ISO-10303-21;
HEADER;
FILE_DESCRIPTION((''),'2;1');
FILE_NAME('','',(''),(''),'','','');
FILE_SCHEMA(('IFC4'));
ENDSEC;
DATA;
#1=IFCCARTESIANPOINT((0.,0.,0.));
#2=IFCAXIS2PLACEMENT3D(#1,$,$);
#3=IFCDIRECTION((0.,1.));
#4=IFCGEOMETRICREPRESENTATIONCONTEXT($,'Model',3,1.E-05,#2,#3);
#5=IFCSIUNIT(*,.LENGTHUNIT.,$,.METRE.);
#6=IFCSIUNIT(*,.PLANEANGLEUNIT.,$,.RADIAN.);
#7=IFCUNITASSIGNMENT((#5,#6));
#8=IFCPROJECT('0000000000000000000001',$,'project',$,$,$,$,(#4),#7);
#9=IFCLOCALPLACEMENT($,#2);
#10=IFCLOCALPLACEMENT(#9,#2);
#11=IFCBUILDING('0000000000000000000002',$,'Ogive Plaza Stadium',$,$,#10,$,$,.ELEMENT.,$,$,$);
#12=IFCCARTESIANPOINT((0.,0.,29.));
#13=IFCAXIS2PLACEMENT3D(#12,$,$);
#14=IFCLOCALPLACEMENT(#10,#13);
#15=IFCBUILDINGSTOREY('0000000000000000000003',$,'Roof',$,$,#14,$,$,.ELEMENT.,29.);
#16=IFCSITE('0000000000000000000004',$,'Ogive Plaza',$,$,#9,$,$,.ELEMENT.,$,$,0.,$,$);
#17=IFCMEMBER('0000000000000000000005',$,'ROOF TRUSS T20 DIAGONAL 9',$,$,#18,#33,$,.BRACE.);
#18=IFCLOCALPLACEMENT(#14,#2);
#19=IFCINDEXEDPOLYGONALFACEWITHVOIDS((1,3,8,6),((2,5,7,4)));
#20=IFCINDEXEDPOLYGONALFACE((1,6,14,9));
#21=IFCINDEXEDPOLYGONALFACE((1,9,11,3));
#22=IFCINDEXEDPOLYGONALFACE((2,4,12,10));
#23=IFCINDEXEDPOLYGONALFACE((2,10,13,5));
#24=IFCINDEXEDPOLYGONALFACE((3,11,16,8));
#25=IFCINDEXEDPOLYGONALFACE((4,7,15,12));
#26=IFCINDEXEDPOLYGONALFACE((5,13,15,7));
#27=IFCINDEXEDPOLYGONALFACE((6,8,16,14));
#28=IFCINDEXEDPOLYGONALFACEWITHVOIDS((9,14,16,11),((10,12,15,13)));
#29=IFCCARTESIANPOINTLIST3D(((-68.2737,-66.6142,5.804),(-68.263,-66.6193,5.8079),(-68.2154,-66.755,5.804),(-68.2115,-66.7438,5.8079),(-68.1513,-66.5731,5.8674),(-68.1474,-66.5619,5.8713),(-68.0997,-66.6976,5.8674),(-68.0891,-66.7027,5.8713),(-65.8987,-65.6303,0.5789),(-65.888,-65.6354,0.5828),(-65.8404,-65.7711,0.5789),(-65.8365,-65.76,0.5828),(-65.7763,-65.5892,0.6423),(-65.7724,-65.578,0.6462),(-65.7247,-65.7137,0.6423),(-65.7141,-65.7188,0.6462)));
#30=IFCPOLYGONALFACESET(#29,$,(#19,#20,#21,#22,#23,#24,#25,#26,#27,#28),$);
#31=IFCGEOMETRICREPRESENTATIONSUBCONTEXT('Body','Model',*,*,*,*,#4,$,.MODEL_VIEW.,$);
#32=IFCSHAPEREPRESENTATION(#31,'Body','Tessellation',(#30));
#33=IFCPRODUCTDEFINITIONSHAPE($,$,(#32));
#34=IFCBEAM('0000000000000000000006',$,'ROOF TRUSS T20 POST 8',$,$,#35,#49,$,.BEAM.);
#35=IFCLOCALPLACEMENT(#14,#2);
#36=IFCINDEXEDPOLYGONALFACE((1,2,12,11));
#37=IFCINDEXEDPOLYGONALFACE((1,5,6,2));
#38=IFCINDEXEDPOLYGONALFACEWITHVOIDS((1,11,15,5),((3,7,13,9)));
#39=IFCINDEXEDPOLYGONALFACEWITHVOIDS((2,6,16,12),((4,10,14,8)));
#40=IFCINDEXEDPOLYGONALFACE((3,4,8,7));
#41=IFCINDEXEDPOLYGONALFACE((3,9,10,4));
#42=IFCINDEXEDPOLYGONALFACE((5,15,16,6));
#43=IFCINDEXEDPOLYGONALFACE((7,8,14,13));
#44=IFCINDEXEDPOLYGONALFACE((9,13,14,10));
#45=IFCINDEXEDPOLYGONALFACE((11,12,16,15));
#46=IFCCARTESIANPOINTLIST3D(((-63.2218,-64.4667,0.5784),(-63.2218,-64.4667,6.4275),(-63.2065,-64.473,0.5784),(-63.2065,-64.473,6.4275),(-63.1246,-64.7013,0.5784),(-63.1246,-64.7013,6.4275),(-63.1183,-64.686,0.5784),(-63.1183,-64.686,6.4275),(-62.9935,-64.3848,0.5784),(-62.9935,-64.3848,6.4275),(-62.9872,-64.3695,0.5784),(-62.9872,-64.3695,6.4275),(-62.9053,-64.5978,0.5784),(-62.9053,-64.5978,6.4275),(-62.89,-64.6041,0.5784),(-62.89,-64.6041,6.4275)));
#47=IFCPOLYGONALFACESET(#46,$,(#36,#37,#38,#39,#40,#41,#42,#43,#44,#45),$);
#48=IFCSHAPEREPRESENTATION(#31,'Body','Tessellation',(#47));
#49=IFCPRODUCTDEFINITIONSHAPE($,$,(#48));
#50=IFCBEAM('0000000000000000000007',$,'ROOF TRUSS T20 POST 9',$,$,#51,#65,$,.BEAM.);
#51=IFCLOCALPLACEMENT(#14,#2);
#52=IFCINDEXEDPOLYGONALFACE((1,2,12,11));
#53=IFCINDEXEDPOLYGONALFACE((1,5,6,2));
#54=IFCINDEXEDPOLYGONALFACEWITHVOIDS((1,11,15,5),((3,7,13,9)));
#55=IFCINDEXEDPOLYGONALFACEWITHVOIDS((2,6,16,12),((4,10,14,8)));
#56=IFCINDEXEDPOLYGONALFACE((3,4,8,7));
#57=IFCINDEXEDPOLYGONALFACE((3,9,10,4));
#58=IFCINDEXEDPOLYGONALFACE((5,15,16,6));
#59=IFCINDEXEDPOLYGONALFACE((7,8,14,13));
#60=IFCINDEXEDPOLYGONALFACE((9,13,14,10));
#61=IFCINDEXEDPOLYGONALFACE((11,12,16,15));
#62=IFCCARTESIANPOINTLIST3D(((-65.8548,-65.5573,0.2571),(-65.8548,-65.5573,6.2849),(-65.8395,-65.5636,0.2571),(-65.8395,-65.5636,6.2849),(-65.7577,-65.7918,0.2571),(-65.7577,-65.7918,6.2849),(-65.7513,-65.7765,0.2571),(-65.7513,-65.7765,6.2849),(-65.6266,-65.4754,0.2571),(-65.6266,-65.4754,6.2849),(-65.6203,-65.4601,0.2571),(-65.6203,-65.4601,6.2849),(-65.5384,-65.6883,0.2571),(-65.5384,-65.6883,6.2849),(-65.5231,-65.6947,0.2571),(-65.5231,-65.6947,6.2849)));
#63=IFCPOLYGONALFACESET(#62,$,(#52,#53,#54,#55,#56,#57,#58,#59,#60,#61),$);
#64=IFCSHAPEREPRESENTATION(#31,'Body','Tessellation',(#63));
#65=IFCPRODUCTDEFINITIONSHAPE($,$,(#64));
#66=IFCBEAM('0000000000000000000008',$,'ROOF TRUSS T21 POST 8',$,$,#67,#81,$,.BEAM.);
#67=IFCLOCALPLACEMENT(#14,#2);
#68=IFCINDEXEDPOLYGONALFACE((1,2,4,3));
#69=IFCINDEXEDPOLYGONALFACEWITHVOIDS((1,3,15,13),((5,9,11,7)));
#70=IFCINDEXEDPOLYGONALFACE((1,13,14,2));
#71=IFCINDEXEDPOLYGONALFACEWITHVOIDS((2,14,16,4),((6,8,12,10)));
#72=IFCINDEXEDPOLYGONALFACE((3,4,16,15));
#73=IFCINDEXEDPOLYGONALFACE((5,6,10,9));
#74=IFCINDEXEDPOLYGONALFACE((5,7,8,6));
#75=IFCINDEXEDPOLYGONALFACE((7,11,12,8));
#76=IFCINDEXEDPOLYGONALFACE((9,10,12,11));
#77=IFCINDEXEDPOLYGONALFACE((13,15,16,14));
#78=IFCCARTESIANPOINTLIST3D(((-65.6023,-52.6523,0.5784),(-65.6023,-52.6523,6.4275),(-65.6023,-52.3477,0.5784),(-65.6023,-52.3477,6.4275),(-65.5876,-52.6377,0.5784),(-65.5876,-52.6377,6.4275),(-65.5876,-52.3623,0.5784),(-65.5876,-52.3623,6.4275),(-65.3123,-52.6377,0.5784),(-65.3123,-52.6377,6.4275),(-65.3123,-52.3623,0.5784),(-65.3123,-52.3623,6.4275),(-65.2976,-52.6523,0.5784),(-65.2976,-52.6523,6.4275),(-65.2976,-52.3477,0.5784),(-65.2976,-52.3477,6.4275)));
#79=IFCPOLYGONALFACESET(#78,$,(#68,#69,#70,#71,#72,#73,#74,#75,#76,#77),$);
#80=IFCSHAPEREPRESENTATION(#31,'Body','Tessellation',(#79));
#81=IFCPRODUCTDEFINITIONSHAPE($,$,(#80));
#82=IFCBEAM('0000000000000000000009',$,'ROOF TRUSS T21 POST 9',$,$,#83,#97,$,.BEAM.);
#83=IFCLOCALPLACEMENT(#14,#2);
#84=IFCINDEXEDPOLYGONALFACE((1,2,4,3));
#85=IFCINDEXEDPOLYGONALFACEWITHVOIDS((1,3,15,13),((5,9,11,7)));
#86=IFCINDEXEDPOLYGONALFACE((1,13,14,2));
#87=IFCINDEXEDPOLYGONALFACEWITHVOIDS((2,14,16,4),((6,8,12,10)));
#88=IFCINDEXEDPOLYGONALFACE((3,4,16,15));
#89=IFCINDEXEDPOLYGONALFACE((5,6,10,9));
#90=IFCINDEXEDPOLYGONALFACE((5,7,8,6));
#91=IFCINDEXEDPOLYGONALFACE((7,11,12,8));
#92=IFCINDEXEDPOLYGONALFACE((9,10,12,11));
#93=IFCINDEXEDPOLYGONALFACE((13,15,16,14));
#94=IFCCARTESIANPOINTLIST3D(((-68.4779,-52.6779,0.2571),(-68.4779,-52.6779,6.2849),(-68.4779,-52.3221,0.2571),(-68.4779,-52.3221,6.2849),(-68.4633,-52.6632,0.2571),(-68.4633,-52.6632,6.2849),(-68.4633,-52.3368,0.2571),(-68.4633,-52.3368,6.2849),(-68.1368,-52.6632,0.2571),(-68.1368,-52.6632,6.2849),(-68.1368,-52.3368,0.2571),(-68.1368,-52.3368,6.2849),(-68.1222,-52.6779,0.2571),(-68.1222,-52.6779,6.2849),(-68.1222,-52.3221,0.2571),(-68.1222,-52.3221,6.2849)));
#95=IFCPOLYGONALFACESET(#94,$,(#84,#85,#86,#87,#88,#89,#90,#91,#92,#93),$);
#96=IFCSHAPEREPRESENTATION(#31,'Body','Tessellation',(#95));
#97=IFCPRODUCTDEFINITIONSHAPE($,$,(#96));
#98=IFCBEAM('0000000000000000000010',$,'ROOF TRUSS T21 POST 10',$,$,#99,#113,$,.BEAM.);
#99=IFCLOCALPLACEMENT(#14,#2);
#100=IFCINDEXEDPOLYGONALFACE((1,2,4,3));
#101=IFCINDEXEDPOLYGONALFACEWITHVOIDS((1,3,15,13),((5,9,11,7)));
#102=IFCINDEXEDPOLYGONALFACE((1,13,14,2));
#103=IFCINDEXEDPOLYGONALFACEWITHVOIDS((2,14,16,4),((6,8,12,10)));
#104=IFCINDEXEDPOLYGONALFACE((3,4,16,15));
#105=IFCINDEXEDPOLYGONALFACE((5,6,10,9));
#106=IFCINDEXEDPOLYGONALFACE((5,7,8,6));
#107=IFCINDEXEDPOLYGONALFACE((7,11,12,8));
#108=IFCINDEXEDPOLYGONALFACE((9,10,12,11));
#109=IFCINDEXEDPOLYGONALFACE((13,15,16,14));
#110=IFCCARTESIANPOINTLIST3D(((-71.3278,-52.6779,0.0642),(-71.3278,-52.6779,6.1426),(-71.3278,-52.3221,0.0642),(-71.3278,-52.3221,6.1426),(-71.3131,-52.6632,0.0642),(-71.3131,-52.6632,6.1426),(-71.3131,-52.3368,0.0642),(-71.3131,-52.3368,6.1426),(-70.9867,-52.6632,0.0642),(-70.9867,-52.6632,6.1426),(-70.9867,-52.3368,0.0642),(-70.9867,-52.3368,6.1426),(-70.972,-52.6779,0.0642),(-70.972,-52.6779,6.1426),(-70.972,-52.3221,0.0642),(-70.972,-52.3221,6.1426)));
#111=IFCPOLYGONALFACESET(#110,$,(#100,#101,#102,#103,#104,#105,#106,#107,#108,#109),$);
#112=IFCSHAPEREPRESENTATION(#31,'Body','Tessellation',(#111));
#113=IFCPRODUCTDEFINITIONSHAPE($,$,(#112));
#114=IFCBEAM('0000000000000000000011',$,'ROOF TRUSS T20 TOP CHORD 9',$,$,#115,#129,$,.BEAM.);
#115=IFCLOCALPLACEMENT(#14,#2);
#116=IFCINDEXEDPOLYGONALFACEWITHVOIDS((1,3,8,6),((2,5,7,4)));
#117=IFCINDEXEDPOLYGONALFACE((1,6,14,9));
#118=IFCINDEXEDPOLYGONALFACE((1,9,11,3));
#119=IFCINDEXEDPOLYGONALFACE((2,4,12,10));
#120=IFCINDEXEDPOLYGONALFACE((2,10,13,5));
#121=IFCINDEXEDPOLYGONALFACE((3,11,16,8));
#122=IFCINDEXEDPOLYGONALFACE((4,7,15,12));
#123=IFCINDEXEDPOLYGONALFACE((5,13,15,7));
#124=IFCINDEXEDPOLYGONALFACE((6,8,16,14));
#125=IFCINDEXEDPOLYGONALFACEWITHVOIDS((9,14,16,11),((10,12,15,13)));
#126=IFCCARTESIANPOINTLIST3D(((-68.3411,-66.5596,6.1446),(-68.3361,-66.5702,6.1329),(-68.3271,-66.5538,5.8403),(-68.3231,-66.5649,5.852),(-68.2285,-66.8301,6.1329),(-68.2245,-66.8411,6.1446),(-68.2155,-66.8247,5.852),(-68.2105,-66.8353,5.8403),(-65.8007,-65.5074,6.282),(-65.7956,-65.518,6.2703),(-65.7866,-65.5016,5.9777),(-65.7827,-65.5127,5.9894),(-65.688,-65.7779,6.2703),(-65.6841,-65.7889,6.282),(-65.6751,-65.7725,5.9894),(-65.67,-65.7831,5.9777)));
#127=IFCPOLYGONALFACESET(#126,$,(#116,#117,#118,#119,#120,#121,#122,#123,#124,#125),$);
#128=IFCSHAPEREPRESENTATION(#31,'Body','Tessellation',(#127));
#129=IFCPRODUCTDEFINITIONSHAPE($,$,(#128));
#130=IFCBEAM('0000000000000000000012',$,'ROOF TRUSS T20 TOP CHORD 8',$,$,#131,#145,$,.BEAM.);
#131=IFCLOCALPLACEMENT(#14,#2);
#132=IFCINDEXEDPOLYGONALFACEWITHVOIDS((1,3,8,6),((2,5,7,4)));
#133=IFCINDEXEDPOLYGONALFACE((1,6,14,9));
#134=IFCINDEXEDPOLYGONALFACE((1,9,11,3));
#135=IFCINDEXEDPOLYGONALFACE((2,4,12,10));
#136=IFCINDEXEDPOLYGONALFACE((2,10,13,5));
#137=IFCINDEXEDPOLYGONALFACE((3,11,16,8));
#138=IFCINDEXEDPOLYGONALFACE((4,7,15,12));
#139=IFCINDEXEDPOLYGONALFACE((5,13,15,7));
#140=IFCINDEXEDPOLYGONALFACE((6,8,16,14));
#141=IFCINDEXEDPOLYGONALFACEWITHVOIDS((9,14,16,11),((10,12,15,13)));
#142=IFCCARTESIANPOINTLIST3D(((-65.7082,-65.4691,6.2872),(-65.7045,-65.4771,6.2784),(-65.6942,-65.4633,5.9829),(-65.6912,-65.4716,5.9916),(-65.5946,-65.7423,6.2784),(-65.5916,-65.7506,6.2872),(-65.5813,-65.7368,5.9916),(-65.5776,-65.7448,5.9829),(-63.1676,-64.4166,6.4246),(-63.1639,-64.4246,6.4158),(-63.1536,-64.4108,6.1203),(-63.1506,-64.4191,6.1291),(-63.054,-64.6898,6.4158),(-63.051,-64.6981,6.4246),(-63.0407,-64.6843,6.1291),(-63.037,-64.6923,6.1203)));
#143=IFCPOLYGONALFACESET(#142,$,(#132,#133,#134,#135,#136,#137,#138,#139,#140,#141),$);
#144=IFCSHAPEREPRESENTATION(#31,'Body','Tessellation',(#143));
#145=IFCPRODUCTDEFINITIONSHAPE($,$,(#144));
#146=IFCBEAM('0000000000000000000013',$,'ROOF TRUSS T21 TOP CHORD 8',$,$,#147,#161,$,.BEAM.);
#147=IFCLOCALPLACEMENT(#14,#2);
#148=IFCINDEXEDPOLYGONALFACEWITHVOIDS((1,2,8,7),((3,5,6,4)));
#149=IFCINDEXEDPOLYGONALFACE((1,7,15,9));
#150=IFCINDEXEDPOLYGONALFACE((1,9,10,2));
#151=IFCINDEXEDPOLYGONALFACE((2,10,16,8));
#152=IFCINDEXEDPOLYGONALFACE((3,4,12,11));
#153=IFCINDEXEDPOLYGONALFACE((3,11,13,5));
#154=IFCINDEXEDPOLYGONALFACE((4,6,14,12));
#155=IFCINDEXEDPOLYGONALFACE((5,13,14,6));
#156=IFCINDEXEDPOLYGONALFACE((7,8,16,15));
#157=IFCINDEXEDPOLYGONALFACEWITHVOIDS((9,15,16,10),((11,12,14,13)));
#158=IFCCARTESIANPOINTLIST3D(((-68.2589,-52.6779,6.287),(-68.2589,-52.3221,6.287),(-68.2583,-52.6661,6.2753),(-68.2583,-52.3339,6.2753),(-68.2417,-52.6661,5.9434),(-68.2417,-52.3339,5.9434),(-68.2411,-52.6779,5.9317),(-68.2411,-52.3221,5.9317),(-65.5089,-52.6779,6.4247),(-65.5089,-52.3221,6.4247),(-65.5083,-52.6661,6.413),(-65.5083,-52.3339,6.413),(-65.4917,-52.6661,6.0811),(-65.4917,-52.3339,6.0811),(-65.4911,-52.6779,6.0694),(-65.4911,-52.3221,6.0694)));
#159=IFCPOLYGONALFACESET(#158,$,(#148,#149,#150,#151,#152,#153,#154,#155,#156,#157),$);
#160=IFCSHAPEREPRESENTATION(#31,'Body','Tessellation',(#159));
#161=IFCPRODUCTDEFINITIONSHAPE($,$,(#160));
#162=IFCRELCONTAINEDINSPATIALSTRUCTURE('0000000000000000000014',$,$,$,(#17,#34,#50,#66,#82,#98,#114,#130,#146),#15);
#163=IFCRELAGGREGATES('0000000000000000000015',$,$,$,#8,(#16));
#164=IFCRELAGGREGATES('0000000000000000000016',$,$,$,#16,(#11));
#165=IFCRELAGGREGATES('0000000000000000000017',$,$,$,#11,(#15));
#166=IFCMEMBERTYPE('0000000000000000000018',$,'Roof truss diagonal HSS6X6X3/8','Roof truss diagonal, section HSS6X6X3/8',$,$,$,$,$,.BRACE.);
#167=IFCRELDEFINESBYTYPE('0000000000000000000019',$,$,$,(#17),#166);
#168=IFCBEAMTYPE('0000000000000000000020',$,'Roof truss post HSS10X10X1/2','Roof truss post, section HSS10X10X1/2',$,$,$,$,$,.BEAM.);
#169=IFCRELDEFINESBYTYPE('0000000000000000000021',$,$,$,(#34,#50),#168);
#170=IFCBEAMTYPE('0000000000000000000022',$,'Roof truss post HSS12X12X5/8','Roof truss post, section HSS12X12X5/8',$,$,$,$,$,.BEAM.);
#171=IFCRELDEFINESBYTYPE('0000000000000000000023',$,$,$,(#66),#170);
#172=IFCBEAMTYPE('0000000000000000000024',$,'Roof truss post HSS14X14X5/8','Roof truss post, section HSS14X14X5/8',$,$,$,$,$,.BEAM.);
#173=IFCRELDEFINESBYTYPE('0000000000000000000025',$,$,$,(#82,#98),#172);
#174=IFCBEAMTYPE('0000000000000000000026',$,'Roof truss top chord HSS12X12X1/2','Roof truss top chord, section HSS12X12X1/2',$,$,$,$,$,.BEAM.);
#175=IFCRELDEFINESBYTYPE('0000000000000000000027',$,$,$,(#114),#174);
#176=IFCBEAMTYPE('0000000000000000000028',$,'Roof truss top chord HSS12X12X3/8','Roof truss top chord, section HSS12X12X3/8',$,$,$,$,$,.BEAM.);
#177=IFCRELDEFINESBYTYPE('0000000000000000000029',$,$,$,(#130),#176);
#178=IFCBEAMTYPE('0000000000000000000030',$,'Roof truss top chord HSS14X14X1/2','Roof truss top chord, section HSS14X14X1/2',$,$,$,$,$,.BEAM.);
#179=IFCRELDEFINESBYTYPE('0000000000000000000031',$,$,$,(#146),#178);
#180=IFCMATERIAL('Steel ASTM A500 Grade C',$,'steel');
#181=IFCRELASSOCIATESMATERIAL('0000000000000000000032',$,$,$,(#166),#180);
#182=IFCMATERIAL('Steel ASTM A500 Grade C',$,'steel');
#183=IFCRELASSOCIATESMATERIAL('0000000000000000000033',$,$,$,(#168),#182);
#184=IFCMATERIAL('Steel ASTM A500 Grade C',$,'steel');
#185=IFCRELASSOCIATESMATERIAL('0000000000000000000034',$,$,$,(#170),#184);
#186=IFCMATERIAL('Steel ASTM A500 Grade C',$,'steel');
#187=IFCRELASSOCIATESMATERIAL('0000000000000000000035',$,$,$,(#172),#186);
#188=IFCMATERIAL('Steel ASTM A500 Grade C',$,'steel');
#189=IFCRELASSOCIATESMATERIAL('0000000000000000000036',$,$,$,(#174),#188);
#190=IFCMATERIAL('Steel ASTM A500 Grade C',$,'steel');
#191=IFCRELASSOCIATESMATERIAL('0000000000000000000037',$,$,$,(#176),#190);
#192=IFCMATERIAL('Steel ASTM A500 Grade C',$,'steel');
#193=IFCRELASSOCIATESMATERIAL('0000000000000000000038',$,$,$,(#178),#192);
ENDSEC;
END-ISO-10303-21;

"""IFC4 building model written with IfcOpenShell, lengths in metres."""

from ifc_helpers import new_model, si_unit, direction, frame, origin, origin_2d, place, context, subcontext, project, spatial, hollow_rectangle, extrude, material, material_profile, profile_set, type_object, element, save


model = new_model("IFC4")

# Units and contexts
model_context = context("Model", 3, precision=1e-05, world=origin(), true_north=direction((0.0, 1.0)))
body_context = subcontext(model_context, "Body", "Model", "MODEL_VIEW")
ifc_project = project(units=[si_unit("LENGTHUNIT", "METRE"), si_unit("PLANEANGLEUNIT", "RADIAN")], contexts=[model_context])

# Site, building, storey
site_placement = place(None, origin())
site = spatial("IfcSite", under=ifc_project, at=site_placement, Name="Ogive Plaza", CompositionType="ELEMENT", RefElevation=0.0)
building_placement = place(site_placement, origin())
building = spatial("IfcBuilding", under=site, at=building_placement, Name="Ogive Plaza Stadium", CompositionType="ELEMENT")
storey_placement = place(building_placement, frame((0.0, 0.0, 29.0)))
storey = spatial("IfcBuildingStorey", under=building, at=storey_placement, Name="Roof", CompositionType="ELEMENT", Elevation=29.0)

# Member
ifc_material_1 = material(Name="Steel ASTM A500 Grade C", Category="steel")
ifc_material_profile_1 = material_profile(ifc_material_1, hollow_rectangle(XDim=0.1523, YDim=0.1523, WallThickness=0.0088, at=origin_2d()), Name="HSS6X6X3/8")
ifc_profile_set_1 = profile_set([ifc_material_profile_1], Name="Steel ASTM A500 Grade C")
member_type_1 = type_object("IfcMemberType", Name="Roof truss diagonal HSS6X6X3/8", Description="Roof truss diagonal, section HSS6X6X3/8", PredefinedType="BRACE", material=ifc_profile_set_1)
member_1_placement = place(storey_placement, frame((-65.8064, -65.6746, 0.6125), z_axis=(-0.407847, -0.168958, 0.897281), x_axis=(0.382726, -0.923862, 0.0)))
element("IfcMember", 1, at=member_1_placement, inside=storey, type_object=member_type_1, Name="ROOF TRUSS T20 DIAGONAL 9", PredefinedType="BRACE", context=body_context, shape_type="SweptSolid", body=[
    extrude(hollow_rectangle(XDim=0.1523, YDim=0.1523, WallThickness=0.0088, at=origin_2d()), origin(), (0.0, 0.0, 1.0), 5.8232),
])

# Beams
ifc_material_2 = material(Name="Steel ASTM A500 Grade C", Category="steel")
ifc_material_profile_2 = material_profile(ifc_material_2, hollow_rectangle(XDim=0.2539, YDim=0.2539, WallThickness=0.0117, at=origin_2d()), Name="HSS10X10X1/2")
ifc_profile_set_2 = profile_set([ifc_material_profile_2], Name="Steel ASTM A500 Grade C")
beam_type_1 = type_object("IfcBeamType", Name="Roof truss post HSS10X10X1/2", Description="Roof truss post, section HSS10X10X1/2", PredefinedType="BEAM", material=ifc_profile_set_2)
beam_1_placement = place(storey_placement, frame((-63.0559, -64.5354, 0.5784), z_axis=(0.0, 0.0, 1.0), x_axis=(0.382683, -0.92388, 0.0)))
element("IfcBeam", 2, at=beam_1_placement, inside=storey, type_object=beam_type_1, Name="ROOF TRUSS T20 POST 8", PredefinedType="BEAM", context=body_context, shape_type="SweptSolid", body=[
    extrude(hollow_rectangle(XDim=0.2539, YDim=0.2539, WallThickness=0.0117, at=origin_2d()), origin(), (0.0, 0.0, 1.0), 5.8491),
])
beam_2_placement = place(storey_placement, frame((-65.689, -65.626, 0.2571), z_axis=(0.0, 0.0, 1.0), x_axis=(0.382683, -0.92388, 0.0)))
element("IfcBeam", 3, at=beam_2_placement, inside=storey, type_object=beam_type_1, Name="ROOF TRUSS T20 POST 9", PredefinedType="BEAM", context=body_context, shape_type="SweptSolid", body=[
    extrude(hollow_rectangle(XDim=0.2539, YDim=0.2539, WallThickness=0.0117, at=origin_2d()), origin(), (0.0, 0.0, 1.0), 6.0278),
])
ifc_material_3 = material(Name="Steel ASTM A500 Grade C", Category="steel")
ifc_material_profile_3 = material_profile(ifc_material_3, hollow_rectangle(XDim=0.3047, YDim=0.3047, WallThickness=0.0146, at=origin_2d()), Name="HSS12X12X5/8")
ifc_profile_set_3 = profile_set([ifc_material_profile_3], Name="Steel ASTM A500 Grade C")
beam_type_2 = type_object("IfcBeamType", Name="Roof truss post HSS12X12X5/8", Description="Roof truss post, section HSS12X12X5/8", PredefinedType="BEAM", material=ifc_profile_set_3)
beam_3_placement = place(storey_placement, frame((-65.45, -52.5, 0.5784), z_axis=(0.0, 0.0, 1.0), x_axis=(0.0, -1.0, 0.0)))
element("IfcBeam", 4, at=beam_3_placement, inside=storey, type_object=beam_type_2, Name="ROOF TRUSS T21 POST 8", PredefinedType="BEAM", context=body_context, shape_type="SweptSolid", body=[
    extrude(hollow_rectangle(XDim=0.3047, YDim=0.3047, WallThickness=0.0146, at=origin_2d()), origin(), (0.0, 0.0, 1.0), 5.8491),
])
ifc_material_4 = material(Name="Steel ASTM A500 Grade C", Category="steel")
ifc_material_profile_4 = material_profile(ifc_material_4, hollow_rectangle(XDim=0.3557, YDim=0.3557, WallThickness=0.0146, at=origin_2d()), Name="HSS14X14X5/8")
ifc_profile_set_4 = profile_set([ifc_material_profile_4], Name="Steel ASTM A500 Grade C")
beam_type_3 = type_object("IfcBeamType", Name="Roof truss post HSS14X14X5/8", Description="Roof truss post, section HSS14X14X5/8", PredefinedType="BEAM", material=ifc_profile_set_4)
beam_4_placement = place(storey_placement, frame((-68.3, -52.5, 0.2571), z_axis=(0.0, 0.0, 1.0), x_axis=(0.0, -1.0, 0.0)))
element("IfcBeam", 5, at=beam_4_placement, inside=storey, type_object=beam_type_3, Name="ROOF TRUSS T21 POST 9", PredefinedType="BEAM", context=body_context, shape_type="SweptSolid", body=[
    extrude(hollow_rectangle(XDim=0.3557, YDim=0.3557, WallThickness=0.0146, at=origin_2d()), origin(), (0.0, 0.0, 1.0), 6.0278),
])
beam_5_placement = place(storey_placement, frame((-71.1499, -52.5, 0.0642), z_axis=(0.0, 0.0, 1.0), x_axis=(0.0, -1.0, 0.0)))
element("IfcBeam", 6, at=beam_5_placement, inside=storey, type_object=beam_type_3, Name="ROOF TRUSS T21 POST 10", PredefinedType="BEAM", context=body_context, shape_type="SweptSolid", body=[
    extrude(hollow_rectangle(XDim=0.3557, YDim=0.3557, WallThickness=0.0146, at=origin_2d()), origin(), (0.0, 0.0, 1.0), 6.0784),
])
ifc_material_5 = material(Name="Steel ASTM A500 Grade C", Category="steel")
ifc_material_profile_5 = material_profile(ifc_material_5, hollow_rectangle(XDim=0.3047, YDim=0.3047, WallThickness=0.0117, at=origin_2d()), Name="HSS12X12X1/2")
ifc_profile_set_5 = profile_set([ifc_material_profile_5], Name="Steel ASTM A500 Grade C")
beam_type_4 = type_object("IfcBeamType", Name="Roof truss top chord HSS12X12X1/2", Description="Roof truss top chord, section HSS12X12X1/2", PredefinedType="BEAM", material=ifc_profile_set_5)
beam_6_placement = place(storey_placement, frame((-65.7354, -65.6453, 6.1299), z_axis=(-0.922737, -0.382183, -0.049923), x_axis=(0.38266, -0.923889, 0.0)))
element("IfcBeam", 7, at=beam_6_placement, inside=storey, type_object=beam_type_4, Name="ROOF TRUSS T20 TOP CHORD 9", PredefinedType="BEAM", context=body_context, shape_type="SweptSolid", body=[
    extrude(hollow_rectangle(XDim=0.3047, YDim=0.3047, WallThickness=0.0117, at=origin_2d()), origin(), (0.0, 0.0, 1.0), 2.7532),
])
ifc_material_6 = material(Name="Steel ASTM A500 Grade C", Category="steel")
ifc_material_profile_6 = material_profile(ifc_material_6, hollow_rectangle(XDim=0.3047, YDim=0.3047, WallThickness=0.0088, at=origin_2d()), Name="HSS12X12X3/8")
ifc_profile_set_6 = profile_set([ifc_material_profile_6], Name="Steel ASTM A500 Grade C")
beam_type_5 = type_object("IfcBeamType", Name="Roof truss top chord HSS12X12X3/8", Description="Roof truss top chord, section HSS12X12X3/8", PredefinedType="BEAM", material=ifc_profile_set_6)
beam_7_placement = place(storey_placement, frame((-63.1023, -64.5544, 6.2725), z_axis=(-0.922706, -0.382259, -0.049922), x_axis=(0.382736, -0.923858, 0.0)))
element("IfcBeam", 8, at=beam_7_placement, inside=storey, type_object=beam_type_5, Name="ROOF TRUSS T20 TOP CHORD 8", PredefinedType="BEAM", context=body_context, shape_type="SweptSolid", body=[
    extrude(hollow_rectangle(XDim=0.3047, YDim=0.3047, WallThickness=0.0088, at=origin_2d()), origin(), (0.0, 0.0, 1.0), 2.7534),
])
ifc_material_7 = material(Name="Steel ASTM A500 Grade C", Category="steel")
ifc_material_profile_7 = material_profile(ifc_material_7, hollow_rectangle(XDim=0.3557, YDim=0.3557, WallThickness=0.0117, at=origin_2d()), Name="HSS14X14X1/2")
ifc_profile_set_7 = profile_set([ifc_material_profile_7], Name="Steel ASTM A500 Grade C")
beam_type_6 = type_object("IfcBeamType", Name="Roof truss top chord HSS14X14X1/2", Description="Roof truss top chord, section HSS14X14X1/2", PredefinedType="BEAM", material=ifc_profile_set_7)
beam_8_placement = place(storey_placement, frame((-65.5, -52.5, 6.2471), z_axis=(-0.998749, 0.0, -0.050008), x_axis=(0.0, -1.0, 0.0)))
element("IfcBeam", 9, at=beam_8_placement, inside=storey, type_object=beam_type_6, Name="ROOF TRUSS T21 TOP CHORD 8", PredefinedType="BEAM", context=body_context, shape_type="SweptSolid", body=[
    extrude(hollow_rectangle(XDim=0.3557, YDim=0.3557, WallThickness=0.0117, at=origin_2d()), origin(), (0.0, 0.0, 1.0), 2.7534),
])

save(model, "model.ifc")
